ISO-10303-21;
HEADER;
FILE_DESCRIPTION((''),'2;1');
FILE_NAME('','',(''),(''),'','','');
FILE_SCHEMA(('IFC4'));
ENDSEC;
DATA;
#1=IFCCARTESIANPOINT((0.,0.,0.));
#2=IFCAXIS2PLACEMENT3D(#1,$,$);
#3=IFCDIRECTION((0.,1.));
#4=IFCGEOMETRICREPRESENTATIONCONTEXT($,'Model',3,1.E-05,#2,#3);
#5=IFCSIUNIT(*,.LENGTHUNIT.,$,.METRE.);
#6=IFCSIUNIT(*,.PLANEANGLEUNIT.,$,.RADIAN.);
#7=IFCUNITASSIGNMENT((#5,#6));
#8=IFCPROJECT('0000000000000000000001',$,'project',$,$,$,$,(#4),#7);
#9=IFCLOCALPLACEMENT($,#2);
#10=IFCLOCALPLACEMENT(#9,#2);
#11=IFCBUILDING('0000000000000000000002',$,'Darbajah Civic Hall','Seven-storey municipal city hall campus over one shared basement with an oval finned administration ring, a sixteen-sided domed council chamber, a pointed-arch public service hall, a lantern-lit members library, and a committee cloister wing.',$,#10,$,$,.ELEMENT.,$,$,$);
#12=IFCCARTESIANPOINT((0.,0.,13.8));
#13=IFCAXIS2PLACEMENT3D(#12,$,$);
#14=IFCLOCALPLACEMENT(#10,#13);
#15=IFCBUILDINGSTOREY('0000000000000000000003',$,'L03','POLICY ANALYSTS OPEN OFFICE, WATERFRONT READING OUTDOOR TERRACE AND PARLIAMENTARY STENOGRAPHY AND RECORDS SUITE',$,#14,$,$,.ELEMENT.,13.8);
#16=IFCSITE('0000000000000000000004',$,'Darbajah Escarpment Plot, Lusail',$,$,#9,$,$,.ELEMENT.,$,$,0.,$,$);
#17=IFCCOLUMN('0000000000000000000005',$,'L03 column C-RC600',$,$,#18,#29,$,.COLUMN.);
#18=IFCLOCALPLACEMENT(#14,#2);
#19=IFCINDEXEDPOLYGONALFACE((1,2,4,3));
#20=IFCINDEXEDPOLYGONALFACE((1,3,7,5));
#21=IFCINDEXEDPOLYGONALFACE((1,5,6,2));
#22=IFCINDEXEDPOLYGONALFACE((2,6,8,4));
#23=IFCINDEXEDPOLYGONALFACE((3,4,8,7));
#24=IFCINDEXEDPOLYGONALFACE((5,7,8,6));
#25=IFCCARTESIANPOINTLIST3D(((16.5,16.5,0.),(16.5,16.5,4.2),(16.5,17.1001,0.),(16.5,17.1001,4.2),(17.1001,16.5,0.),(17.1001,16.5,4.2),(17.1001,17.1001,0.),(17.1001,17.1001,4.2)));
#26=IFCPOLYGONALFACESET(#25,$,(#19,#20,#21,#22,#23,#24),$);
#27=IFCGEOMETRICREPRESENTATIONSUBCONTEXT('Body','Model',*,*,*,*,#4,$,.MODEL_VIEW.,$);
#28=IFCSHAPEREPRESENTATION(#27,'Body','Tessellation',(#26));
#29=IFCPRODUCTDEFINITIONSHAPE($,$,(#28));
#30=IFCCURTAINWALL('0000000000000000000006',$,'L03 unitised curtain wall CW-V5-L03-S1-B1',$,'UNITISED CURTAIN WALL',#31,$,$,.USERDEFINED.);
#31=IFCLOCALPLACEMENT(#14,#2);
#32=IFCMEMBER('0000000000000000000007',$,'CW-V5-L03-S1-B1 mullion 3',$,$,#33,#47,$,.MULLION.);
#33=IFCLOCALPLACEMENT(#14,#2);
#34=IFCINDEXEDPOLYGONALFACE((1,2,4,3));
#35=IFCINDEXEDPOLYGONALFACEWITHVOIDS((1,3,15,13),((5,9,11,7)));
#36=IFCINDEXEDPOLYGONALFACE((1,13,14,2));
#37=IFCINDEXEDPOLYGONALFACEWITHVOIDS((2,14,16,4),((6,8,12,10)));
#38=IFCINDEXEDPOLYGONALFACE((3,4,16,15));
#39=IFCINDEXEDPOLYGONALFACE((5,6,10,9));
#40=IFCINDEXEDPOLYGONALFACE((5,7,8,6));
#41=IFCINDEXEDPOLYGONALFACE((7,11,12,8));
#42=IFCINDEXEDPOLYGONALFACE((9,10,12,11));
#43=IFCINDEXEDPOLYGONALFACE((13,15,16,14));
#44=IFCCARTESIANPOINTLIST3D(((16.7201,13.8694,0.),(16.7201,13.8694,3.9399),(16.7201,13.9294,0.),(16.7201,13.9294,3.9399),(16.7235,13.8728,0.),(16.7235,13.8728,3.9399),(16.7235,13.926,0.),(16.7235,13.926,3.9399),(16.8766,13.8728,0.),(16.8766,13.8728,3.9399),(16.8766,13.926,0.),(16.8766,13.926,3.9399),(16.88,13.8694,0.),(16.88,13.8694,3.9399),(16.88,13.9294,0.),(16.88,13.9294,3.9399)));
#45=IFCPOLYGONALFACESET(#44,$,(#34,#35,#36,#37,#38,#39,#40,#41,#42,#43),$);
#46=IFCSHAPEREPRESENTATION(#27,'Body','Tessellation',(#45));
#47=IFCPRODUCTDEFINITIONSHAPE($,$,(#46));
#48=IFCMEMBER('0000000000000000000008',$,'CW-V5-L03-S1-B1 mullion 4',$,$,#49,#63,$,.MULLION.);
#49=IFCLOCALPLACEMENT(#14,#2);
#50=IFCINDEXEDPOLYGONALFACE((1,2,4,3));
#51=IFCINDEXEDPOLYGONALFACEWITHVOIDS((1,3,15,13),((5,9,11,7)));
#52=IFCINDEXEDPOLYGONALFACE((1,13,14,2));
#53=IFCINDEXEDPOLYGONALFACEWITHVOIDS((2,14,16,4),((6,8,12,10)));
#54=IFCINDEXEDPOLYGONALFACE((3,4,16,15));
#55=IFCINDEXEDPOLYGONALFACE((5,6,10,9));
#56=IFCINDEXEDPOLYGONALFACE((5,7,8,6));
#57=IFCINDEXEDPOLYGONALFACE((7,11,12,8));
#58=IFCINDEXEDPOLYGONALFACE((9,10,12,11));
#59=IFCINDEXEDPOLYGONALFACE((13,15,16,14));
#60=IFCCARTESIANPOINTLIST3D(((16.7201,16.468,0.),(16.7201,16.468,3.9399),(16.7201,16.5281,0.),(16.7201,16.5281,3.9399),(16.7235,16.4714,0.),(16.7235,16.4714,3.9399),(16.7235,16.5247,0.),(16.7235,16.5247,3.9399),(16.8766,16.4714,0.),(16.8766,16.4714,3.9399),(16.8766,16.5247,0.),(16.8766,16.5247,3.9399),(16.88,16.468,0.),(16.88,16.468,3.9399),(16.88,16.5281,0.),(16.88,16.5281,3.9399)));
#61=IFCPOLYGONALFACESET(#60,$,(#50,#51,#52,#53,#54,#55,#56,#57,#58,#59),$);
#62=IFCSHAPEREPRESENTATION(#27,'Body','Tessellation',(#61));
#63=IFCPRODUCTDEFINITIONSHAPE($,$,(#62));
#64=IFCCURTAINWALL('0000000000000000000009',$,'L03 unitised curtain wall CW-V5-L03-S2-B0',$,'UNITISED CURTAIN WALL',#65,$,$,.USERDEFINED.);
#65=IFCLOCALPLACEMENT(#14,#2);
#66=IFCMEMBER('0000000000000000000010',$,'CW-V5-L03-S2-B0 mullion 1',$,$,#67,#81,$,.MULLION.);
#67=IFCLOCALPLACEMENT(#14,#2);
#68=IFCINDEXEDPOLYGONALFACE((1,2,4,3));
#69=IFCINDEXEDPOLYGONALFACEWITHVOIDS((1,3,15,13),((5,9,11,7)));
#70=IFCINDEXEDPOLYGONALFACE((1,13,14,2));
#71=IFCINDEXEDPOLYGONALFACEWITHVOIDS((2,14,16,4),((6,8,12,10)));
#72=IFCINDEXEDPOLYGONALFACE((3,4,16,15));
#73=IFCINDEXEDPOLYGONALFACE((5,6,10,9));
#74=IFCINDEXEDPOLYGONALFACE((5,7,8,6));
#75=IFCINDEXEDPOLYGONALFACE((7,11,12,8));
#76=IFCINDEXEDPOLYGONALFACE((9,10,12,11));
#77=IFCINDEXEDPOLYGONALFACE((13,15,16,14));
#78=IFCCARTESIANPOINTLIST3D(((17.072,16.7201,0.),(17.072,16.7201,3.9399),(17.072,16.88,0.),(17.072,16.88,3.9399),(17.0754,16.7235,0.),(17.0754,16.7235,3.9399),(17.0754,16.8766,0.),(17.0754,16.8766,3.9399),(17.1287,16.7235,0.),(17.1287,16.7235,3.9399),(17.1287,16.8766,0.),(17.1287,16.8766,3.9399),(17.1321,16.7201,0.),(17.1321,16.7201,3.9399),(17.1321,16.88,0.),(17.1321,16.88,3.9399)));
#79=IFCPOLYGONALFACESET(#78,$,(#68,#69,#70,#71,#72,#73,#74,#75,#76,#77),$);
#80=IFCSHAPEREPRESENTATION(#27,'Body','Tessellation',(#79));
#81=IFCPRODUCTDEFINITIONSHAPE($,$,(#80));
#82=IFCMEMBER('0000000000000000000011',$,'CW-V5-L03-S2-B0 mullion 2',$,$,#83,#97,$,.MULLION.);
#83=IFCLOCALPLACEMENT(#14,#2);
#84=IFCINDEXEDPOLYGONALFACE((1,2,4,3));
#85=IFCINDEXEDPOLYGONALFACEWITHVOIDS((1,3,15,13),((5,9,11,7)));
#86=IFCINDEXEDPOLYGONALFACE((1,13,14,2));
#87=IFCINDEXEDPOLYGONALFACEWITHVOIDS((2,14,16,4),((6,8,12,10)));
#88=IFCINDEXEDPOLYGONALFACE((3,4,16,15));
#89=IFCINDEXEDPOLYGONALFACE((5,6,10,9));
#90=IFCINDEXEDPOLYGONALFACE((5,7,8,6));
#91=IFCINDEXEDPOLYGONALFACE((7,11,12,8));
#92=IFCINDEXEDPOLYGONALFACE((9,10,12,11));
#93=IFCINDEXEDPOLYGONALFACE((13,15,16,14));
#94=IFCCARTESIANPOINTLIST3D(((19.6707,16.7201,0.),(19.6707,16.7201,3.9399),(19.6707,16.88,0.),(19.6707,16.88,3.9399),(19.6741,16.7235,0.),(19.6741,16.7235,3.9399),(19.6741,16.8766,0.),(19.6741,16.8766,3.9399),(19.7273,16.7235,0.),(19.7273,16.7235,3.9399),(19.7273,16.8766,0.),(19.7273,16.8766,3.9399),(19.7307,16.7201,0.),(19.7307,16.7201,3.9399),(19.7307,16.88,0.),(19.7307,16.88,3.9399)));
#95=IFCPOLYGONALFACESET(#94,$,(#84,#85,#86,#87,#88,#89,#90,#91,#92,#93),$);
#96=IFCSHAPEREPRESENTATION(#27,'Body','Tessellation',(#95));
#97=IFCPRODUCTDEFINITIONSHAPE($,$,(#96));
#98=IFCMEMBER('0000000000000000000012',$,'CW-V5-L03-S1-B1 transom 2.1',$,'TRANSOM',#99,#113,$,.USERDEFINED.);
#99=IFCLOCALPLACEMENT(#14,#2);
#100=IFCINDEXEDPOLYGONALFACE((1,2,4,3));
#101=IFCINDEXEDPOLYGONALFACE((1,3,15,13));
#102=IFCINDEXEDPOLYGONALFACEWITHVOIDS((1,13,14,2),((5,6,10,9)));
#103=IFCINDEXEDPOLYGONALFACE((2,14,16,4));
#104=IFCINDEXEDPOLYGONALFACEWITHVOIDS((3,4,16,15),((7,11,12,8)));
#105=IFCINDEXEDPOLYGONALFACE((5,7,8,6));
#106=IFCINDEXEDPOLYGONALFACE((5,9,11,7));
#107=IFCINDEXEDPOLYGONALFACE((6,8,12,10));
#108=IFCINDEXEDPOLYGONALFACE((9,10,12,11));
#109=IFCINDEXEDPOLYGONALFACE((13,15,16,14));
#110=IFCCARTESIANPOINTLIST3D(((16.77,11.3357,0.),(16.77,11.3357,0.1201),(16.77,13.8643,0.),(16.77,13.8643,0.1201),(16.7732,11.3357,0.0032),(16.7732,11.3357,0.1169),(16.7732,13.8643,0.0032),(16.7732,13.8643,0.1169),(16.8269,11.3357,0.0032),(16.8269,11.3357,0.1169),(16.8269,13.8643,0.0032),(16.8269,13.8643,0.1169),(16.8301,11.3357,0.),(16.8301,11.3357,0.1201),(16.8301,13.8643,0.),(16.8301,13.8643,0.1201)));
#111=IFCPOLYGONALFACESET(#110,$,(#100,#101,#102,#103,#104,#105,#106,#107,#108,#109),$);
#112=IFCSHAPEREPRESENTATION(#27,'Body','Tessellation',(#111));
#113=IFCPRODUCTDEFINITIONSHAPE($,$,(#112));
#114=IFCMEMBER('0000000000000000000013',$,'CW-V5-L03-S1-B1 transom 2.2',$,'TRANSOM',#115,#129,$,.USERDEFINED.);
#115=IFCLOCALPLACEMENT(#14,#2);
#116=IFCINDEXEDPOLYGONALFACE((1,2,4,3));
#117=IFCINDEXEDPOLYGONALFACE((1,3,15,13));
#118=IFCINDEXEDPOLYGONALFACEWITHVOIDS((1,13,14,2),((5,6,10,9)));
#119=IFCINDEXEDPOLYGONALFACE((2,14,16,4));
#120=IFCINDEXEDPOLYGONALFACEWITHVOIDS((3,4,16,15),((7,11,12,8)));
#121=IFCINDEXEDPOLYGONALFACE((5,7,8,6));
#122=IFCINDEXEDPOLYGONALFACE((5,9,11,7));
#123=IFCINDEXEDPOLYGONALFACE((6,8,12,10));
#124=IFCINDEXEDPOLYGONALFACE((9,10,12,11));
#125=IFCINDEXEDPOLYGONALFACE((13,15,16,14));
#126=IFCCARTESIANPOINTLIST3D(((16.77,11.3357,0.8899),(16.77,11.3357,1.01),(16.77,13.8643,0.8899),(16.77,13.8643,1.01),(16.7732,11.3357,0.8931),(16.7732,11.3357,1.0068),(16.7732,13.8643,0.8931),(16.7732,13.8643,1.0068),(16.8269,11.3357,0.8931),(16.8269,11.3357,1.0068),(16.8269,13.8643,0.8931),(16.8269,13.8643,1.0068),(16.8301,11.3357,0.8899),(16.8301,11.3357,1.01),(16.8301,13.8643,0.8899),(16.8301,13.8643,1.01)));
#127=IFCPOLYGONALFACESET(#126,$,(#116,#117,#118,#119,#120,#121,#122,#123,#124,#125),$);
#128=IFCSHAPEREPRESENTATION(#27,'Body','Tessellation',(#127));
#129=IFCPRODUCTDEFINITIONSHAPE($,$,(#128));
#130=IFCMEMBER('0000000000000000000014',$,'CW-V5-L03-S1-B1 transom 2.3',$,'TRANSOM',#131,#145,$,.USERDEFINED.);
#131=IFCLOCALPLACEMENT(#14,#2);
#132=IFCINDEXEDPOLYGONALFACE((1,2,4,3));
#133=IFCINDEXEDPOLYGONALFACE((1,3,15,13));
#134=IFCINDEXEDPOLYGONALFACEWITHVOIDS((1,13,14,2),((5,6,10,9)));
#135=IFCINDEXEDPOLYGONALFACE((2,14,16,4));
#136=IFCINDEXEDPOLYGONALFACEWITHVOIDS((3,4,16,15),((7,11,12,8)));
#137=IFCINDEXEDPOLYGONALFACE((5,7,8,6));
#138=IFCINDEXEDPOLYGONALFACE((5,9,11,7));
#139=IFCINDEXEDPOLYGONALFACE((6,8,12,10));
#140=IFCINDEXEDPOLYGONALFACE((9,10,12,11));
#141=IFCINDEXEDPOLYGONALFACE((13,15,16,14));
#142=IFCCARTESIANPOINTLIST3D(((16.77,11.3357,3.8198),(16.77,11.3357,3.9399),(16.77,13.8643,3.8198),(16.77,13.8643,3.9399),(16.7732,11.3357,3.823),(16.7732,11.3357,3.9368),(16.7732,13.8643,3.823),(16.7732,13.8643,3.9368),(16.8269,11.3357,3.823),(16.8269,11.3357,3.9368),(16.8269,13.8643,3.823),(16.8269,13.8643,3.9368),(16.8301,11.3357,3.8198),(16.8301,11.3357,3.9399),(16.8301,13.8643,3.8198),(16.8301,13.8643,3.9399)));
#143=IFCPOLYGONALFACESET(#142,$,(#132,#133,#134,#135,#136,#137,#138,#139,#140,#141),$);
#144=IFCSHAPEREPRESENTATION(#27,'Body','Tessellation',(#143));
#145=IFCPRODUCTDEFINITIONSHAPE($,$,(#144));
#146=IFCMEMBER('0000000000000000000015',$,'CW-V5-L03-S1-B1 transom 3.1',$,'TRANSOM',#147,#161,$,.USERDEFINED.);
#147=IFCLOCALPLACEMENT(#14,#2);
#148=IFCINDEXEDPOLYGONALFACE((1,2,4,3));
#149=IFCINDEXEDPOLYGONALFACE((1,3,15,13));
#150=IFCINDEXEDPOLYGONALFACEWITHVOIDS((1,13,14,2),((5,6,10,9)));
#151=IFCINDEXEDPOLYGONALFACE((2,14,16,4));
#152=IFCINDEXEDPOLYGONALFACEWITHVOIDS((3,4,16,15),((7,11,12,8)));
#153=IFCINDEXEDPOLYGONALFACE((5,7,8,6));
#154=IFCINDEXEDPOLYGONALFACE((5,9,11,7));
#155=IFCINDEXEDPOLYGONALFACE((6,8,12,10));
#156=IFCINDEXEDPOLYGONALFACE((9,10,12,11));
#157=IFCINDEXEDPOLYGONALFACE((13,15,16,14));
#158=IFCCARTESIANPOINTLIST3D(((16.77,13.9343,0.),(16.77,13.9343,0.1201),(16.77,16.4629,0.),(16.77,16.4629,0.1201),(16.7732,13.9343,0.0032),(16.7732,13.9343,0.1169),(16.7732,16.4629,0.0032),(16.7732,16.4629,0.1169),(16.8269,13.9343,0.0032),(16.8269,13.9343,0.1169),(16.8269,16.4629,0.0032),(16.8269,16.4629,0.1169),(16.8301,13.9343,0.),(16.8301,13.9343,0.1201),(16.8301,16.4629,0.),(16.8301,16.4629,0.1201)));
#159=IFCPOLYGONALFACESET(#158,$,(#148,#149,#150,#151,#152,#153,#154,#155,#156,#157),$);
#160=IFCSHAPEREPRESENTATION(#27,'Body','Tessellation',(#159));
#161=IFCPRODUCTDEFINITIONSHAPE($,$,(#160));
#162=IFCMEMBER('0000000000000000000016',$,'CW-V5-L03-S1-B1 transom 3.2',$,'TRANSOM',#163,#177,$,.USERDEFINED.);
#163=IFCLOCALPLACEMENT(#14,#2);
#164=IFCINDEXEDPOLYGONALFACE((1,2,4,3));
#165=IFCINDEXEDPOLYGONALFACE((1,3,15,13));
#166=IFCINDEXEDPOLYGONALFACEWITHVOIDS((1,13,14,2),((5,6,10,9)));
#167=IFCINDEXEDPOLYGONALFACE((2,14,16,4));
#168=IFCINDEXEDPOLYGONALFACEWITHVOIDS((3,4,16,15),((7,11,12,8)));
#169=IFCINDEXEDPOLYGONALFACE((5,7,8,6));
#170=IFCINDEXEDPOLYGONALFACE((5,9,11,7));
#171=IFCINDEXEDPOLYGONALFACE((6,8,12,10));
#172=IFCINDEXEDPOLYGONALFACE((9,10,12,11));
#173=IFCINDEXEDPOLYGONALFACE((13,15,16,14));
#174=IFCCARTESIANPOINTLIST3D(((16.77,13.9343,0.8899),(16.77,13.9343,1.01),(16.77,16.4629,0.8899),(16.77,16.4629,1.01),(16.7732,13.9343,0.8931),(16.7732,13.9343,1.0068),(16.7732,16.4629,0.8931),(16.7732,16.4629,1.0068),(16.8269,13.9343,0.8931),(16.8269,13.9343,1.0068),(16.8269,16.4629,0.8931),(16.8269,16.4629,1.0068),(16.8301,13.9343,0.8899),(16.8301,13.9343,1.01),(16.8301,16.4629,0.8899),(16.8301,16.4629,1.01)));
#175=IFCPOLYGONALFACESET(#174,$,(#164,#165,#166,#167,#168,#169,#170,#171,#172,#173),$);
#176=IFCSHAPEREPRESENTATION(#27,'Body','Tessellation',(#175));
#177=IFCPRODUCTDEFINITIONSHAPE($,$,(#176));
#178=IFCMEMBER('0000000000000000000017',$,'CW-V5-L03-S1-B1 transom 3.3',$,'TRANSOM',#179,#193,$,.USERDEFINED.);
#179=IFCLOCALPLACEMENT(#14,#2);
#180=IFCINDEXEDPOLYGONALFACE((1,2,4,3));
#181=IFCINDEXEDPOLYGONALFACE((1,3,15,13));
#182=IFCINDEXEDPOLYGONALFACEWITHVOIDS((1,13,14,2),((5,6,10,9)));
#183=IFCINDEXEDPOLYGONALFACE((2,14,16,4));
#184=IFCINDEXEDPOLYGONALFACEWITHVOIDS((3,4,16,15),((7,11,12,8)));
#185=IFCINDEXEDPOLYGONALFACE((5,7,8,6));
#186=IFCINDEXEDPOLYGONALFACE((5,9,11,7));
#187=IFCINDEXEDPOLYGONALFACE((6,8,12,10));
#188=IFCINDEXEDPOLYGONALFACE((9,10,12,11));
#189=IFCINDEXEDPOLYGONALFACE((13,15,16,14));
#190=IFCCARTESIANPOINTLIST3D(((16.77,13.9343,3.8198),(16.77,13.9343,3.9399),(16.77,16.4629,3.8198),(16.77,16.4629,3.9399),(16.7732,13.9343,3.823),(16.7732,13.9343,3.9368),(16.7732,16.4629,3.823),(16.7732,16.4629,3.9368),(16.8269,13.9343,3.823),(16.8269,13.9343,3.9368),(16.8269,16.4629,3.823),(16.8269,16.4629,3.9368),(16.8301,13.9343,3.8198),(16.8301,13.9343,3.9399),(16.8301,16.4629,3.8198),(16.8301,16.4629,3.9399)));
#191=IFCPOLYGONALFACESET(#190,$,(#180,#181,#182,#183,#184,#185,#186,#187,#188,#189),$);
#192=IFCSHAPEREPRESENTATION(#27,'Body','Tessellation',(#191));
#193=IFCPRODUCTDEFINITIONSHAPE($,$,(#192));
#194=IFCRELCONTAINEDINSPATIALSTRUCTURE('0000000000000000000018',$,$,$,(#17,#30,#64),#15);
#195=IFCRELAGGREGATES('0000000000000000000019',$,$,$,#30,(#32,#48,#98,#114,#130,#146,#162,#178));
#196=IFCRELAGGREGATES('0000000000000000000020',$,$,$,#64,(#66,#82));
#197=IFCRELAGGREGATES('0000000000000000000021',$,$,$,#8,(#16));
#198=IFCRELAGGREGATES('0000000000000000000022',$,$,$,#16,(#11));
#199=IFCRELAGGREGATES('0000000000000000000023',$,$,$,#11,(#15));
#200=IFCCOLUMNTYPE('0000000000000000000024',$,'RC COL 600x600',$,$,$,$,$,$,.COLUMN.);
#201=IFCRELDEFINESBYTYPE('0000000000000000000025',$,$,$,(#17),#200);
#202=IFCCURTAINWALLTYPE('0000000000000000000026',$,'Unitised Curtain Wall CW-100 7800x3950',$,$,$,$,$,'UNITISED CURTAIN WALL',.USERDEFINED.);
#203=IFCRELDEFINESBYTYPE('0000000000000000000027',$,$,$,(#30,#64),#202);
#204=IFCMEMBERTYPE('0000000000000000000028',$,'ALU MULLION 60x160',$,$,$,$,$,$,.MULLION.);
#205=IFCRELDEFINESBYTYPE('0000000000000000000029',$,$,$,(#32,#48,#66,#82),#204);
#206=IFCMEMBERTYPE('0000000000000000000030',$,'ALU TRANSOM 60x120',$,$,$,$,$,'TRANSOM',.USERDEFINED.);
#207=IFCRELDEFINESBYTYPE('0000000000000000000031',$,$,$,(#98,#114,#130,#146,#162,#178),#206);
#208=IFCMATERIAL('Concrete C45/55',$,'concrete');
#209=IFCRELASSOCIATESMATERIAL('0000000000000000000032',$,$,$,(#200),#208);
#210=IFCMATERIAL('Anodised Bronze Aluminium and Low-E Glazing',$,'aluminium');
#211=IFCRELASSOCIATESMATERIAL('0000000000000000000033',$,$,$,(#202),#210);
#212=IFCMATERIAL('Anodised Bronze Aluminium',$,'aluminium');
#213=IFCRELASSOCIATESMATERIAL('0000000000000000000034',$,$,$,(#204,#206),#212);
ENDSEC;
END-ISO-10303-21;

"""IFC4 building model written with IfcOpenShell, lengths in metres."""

from ifc_helpers import new_model, si_unit, direction, frame, origin, origin_2d, place, context, subcontext, project, spatial, rectangle, hollow_rectangle, extrude, material, material_profile, profile_set, type_object, element, aggregate, save


model = new_model("IFC4")

# Units and contexts
model_context = context("Model", 3, precision=1e-05, world=origin(), true_north=direction((0.0, 1.0)))
body_context = subcontext(model_context, "Body", "Model", "MODEL_VIEW")
ifc_project = project(units=[si_unit("LENGTHUNIT", "METRE"), si_unit("PLANEANGLEUNIT", "RADIAN")], contexts=[model_context])

# Site, building, storey
site_placement = place(None, origin())
site = spatial("IfcSite", under=ifc_project, at=site_placement, Name="Darbajah Escarpment Plot, Lusail", CompositionType="ELEMENT", RefElevation=0.0)
building_placement = place(site_placement, origin())
building = spatial("IfcBuilding", under=site, at=building_placement, Name="Darbajah Civic Hall", Description="Seven-storey municipal city hall campus over one shared basement with an oval finned administration ring, a sixteen-sided domed council chamber, a pointed-arch public service hall, a lantern-lit members library, and a committee cloister wing.", CompositionType="ELEMENT")
storey_placement = place(building_placement, frame((0.0, 0.0, 13.8)))
storey = spatial("IfcBuildingStorey", under=building, at=storey_placement, Name="L03", Description="POLICY ANALYSTS OPEN OFFICE, WATERFRONT READING OUTDOOR TERRACE AND PARLIAMENTARY STENOGRAPHY AND RECORDS SUITE", CompositionType="ELEMENT", Elevation=13.8)

# Column
ifc_material_1 = material(Name="Concrete C45/55", Category="concrete")
ifc_material_profile_1 = material_profile(ifc_material_1, rectangle(XDim=0.6001, YDim=0.6001, at=origin_2d()), Name="RC COL 600x600")
ifc_profile_set_1 = profile_set([ifc_material_profile_1], Name="Concrete C45/55")
column_type = type_object("IfcColumnType", Name="RC COL 600x600", PredefinedType="COLUMN", material=ifc_profile_set_1)
column_placement = place(storey_placement, frame((16.8, 16.8, 0.0), z_axis=(0.0, 0.0, 1.0), x_axis=(1.0, 0.0, 0.0)))
element("IfcColumn", 1, at=column_placement, inside=storey, type_object=column_type, Name="L03 column C-RC600", PredefinedType="COLUMN", context=body_context, shape_type="SweptSolid", body=[
    extrude(rectangle(XDim=0.6001, YDim=0.6001, at=origin_2d()), origin(), (0.0, 0.0, 1.0), 4.2),
])

# Curtain walls, members
ifc_material_2 = material(Name="Anodised Bronze Aluminium and Low-E Glazing", Category="aluminium")
curtain_wall_type = type_object("IfcCurtainWallType", Name="Unitised Curtain Wall CW-100 7800x3950", ElementType="UNITISED CURTAIN WALL", PredefinedType="USERDEFINED", material=ifc_material_2)
curtain_wall_1_placement = place(storey_placement, origin())
curtain_wall_1 = element("IfcCurtainWall", 2, at=curtain_wall_1_placement, inside=storey, type_object=curtain_wall_type, Name="L03 unitised curtain wall CW-V5-L03-S1-B1", ObjectType="UNITISED CURTAIN WALL", PredefinedType="USERDEFINED")
ifc_material_3 = material(Name="Anodised Bronze Aluminium", Category="aluminium")
ifc_material_profile_2 = material_profile(ifc_material_3, hollow_rectangle(XDim=0.0601, YDim=0.1599, WallThickness=0.0034, at=origin_2d()), Name="ALU MULLION 60x160")
ifc_profile_set_2 = profile_set([ifc_material_profile_2], Name="Anodised Bronze Aluminium")
member_type_1 = type_object("IfcMemberType", Name="ALU MULLION 60x160", PredefinedType="MULLION", material=ifc_profile_set_2)
member_1_placement = place(storey_placement, frame((16.8, 13.8994, 0.0), z_axis=(0.0, 0.0, 1.0), x_axis=(0.0, 1.0, 0.0)))
member_1 = element("IfcMember", 3, at=member_1_placement, type_object=member_type_1, Name="CW-V5-L03-S1-B1 mullion 3", PredefinedType="MULLION", context=body_context, shape_type="SweptSolid", body=[
    extrude(hollow_rectangle(XDim=0.0601, YDim=0.1599, WallThickness=0.0034, at=origin_2d()), origin(), (0.0, 0.0, 1.0), 3.9399),
])
member_2_placement = place(storey_placement, frame((16.8, 16.498, 0.0), z_axis=(0.0, 0.0, 1.0), x_axis=(0.0, 1.0, 0.0)))
member_2 = element("IfcMember", 4, at=member_2_placement, type_object=member_type_1, Name="CW-V5-L03-S1-B1 mullion 4", PredefinedType="MULLION", context=body_context, shape_type="SweptSolid", body=[
    extrude(hollow_rectangle(XDim=0.0601, YDim=0.1599, WallThickness=0.0034, at=origin_2d()), origin(), (0.0, 0.0, 1.0), 3.9399),
])
curtain_wall_2_placement = place(storey_placement, origin())
curtain_wall_2 = element("IfcCurtainWall", 5, at=curtain_wall_2_placement, inside=storey, type_object=curtain_wall_type, Name="L03 unitised curtain wall CW-V5-L03-S2-B0", ObjectType="UNITISED CURTAIN WALL", PredefinedType="USERDEFINED")
member_3_placement = place(storey_placement, frame((17.1021, 16.8, 0.0), z_axis=(0.0, 0.0, 1.0), x_axis=(1.0, 0.0, 0.0)))
member_3 = element("IfcMember", 6, at=member_3_placement, type_object=member_type_1, Name="CW-V5-L03-S2-B0 mullion 1", PredefinedType="MULLION", context=body_context, shape_type="SweptSolid", body=[
    extrude(hollow_rectangle(XDim=0.0601, YDim=0.1599, WallThickness=0.0034, at=origin_2d()), origin(), (0.0, 0.0, 1.0), 3.9399),
])
member_4_placement = place(storey_placement, frame((19.7007, 16.8, 0.0), z_axis=(0.0, 0.0, 1.0), x_axis=(1.0, 0.0, 0.0)))
member_4 = element("IfcMember", 7, at=member_4_placement, type_object=member_type_1, Name="CW-V5-L03-S2-B0 mullion 2", PredefinedType="MULLION", context=body_context, shape_type="SweptSolid", body=[
    extrude(hollow_rectangle(XDim=0.0601, YDim=0.1599, WallThickness=0.0034, at=origin_2d()), origin(), (0.0, 0.0, 1.0), 3.9399),
])

# Members
ifc_material_profile_3 = material_profile(ifc_material_3, hollow_rectangle(XDim=0.0601, YDim=0.1201, WallThickness=0.0032, at=origin_2d()), Name="ALU TRANSOM 60x120")
ifc_profile_set_3 = profile_set([ifc_material_profile_3], Name="Anodised Bronze Aluminium")
member_type_2 = type_object("IfcMemberType", Name="ALU TRANSOM 60x120", ElementType="TRANSOM", PredefinedType="USERDEFINED", material=ifc_profile_set_3)
member_5_placement = place(storey_placement, frame((16.8, 11.3357, 0.0601), z_axis=(0.0, 1.0, 0.0), x_axis=(-1.0, 0.0, 0.0)))
member_5 = element("IfcMember", 8, at=member_5_placement, type_object=member_type_2, Name="CW-V5-L03-S1-B1 transom 2.1", ObjectType="TRANSOM", PredefinedType="USERDEFINED", context=body_context, shape_type="SweptSolid", body=[
    extrude(hollow_rectangle(XDim=0.0601, YDim=0.1201, WallThickness=0.0032, at=origin_2d()), origin(), (0.0, 0.0, 1.0), 2.5286),
])
member_6_placement = place(storey_placement, frame((16.8, 11.3357, 0.95), z_axis=(0.0, 1.0, 0.0), x_axis=(-1.0, 0.0, 0.0)))
member_6 = element("IfcMember", 9, at=member_6_placement, type_object=member_type_2, Name="CW-V5-L03-S1-B1 transom 2.2", ObjectType="TRANSOM", PredefinedType="USERDEFINED", context=body_context, shape_type="SweptSolid", body=[
    extrude(hollow_rectangle(XDim=0.0601, YDim=0.1201, WallThickness=0.0032, at=origin_2d()), origin(), (0.0, 0.0, 1.0), 2.5286),
])
member_7_placement = place(storey_placement, frame((16.8, 11.3357, 3.8799), z_axis=(0.0, 1.0, 0.0), x_axis=(-1.0, 0.0, 0.0)))
member_7 = element("IfcMember", 10, at=member_7_placement, type_object=member_type_2, Name="CW-V5-L03-S1-B1 transom 2.3", ObjectType="TRANSOM", PredefinedType="USERDEFINED", context=body_context, shape_type="SweptSolid", body=[
    extrude(hollow_rectangle(XDim=0.0601, YDim=0.1201, WallThickness=0.0032, at=origin_2d()), origin(), (0.0, 0.0, 1.0), 2.5286),
])
member_8_placement = place(storey_placement, frame((16.8, 13.9343, 0.0601), z_axis=(0.0, 1.0, 0.0), x_axis=(-1.0, 0.0, 0.0)))
member_8 = element("IfcMember", 11, at=member_8_placement, type_object=member_type_2, Name="CW-V5-L03-S1-B1 transom 3.1", ObjectType="TRANSOM", PredefinedType="USERDEFINED", context=body_context, shape_type="SweptSolid", body=[
    extrude(hollow_rectangle(XDim=0.0601, YDim=0.1201, WallThickness=0.0032, at=origin_2d()), origin(), (0.0, 0.0, 1.0), 2.5286),
])
member_9_placement = place(storey_placement, frame((16.8, 13.9343, 0.95), z_axis=(0.0, 1.0, 0.0), x_axis=(-1.0, 0.0, 0.0)))
member_9 = element("IfcMember", 12, at=member_9_placement, type_object=member_type_2, Name="CW-V5-L03-S1-B1 transom 3.2", ObjectType="TRANSOM", PredefinedType="USERDEFINED", context=body_context, shape_type="SweptSolid", body=[
    extrude(hollow_rectangle(XDim=0.0601, YDim=0.1201, WallThickness=0.0032, at=origin_2d()), origin(), (0.0, 0.0, 1.0), 2.5286),
])
member_10_placement = place(storey_placement, frame((16.8, 13.9343, 3.8799), z_axis=(0.0, 1.0, 0.0), x_axis=(-1.0, 0.0, 0.0)))
member_10 = element("IfcMember", 13, at=member_10_placement, type_object=member_type_2, Name="CW-V5-L03-S1-B1 transom 3.3", ObjectType="TRANSOM", PredefinedType="USERDEFINED", context=body_context, shape_type="SweptSolid", body=[
    extrude(hollow_rectangle(XDim=0.0601, YDim=0.1201, WallThickness=0.0032, at=origin_2d()), origin(), (0.0, 0.0, 1.0), 2.5286),
])

aggregate(curtain_wall_1, [member_1, member_2, member_5, member_6, member_7, member_8, member_9, member_10])
aggregate(curtain_wall_2, [member_3, member_4])

save(model, "model.ifc")
